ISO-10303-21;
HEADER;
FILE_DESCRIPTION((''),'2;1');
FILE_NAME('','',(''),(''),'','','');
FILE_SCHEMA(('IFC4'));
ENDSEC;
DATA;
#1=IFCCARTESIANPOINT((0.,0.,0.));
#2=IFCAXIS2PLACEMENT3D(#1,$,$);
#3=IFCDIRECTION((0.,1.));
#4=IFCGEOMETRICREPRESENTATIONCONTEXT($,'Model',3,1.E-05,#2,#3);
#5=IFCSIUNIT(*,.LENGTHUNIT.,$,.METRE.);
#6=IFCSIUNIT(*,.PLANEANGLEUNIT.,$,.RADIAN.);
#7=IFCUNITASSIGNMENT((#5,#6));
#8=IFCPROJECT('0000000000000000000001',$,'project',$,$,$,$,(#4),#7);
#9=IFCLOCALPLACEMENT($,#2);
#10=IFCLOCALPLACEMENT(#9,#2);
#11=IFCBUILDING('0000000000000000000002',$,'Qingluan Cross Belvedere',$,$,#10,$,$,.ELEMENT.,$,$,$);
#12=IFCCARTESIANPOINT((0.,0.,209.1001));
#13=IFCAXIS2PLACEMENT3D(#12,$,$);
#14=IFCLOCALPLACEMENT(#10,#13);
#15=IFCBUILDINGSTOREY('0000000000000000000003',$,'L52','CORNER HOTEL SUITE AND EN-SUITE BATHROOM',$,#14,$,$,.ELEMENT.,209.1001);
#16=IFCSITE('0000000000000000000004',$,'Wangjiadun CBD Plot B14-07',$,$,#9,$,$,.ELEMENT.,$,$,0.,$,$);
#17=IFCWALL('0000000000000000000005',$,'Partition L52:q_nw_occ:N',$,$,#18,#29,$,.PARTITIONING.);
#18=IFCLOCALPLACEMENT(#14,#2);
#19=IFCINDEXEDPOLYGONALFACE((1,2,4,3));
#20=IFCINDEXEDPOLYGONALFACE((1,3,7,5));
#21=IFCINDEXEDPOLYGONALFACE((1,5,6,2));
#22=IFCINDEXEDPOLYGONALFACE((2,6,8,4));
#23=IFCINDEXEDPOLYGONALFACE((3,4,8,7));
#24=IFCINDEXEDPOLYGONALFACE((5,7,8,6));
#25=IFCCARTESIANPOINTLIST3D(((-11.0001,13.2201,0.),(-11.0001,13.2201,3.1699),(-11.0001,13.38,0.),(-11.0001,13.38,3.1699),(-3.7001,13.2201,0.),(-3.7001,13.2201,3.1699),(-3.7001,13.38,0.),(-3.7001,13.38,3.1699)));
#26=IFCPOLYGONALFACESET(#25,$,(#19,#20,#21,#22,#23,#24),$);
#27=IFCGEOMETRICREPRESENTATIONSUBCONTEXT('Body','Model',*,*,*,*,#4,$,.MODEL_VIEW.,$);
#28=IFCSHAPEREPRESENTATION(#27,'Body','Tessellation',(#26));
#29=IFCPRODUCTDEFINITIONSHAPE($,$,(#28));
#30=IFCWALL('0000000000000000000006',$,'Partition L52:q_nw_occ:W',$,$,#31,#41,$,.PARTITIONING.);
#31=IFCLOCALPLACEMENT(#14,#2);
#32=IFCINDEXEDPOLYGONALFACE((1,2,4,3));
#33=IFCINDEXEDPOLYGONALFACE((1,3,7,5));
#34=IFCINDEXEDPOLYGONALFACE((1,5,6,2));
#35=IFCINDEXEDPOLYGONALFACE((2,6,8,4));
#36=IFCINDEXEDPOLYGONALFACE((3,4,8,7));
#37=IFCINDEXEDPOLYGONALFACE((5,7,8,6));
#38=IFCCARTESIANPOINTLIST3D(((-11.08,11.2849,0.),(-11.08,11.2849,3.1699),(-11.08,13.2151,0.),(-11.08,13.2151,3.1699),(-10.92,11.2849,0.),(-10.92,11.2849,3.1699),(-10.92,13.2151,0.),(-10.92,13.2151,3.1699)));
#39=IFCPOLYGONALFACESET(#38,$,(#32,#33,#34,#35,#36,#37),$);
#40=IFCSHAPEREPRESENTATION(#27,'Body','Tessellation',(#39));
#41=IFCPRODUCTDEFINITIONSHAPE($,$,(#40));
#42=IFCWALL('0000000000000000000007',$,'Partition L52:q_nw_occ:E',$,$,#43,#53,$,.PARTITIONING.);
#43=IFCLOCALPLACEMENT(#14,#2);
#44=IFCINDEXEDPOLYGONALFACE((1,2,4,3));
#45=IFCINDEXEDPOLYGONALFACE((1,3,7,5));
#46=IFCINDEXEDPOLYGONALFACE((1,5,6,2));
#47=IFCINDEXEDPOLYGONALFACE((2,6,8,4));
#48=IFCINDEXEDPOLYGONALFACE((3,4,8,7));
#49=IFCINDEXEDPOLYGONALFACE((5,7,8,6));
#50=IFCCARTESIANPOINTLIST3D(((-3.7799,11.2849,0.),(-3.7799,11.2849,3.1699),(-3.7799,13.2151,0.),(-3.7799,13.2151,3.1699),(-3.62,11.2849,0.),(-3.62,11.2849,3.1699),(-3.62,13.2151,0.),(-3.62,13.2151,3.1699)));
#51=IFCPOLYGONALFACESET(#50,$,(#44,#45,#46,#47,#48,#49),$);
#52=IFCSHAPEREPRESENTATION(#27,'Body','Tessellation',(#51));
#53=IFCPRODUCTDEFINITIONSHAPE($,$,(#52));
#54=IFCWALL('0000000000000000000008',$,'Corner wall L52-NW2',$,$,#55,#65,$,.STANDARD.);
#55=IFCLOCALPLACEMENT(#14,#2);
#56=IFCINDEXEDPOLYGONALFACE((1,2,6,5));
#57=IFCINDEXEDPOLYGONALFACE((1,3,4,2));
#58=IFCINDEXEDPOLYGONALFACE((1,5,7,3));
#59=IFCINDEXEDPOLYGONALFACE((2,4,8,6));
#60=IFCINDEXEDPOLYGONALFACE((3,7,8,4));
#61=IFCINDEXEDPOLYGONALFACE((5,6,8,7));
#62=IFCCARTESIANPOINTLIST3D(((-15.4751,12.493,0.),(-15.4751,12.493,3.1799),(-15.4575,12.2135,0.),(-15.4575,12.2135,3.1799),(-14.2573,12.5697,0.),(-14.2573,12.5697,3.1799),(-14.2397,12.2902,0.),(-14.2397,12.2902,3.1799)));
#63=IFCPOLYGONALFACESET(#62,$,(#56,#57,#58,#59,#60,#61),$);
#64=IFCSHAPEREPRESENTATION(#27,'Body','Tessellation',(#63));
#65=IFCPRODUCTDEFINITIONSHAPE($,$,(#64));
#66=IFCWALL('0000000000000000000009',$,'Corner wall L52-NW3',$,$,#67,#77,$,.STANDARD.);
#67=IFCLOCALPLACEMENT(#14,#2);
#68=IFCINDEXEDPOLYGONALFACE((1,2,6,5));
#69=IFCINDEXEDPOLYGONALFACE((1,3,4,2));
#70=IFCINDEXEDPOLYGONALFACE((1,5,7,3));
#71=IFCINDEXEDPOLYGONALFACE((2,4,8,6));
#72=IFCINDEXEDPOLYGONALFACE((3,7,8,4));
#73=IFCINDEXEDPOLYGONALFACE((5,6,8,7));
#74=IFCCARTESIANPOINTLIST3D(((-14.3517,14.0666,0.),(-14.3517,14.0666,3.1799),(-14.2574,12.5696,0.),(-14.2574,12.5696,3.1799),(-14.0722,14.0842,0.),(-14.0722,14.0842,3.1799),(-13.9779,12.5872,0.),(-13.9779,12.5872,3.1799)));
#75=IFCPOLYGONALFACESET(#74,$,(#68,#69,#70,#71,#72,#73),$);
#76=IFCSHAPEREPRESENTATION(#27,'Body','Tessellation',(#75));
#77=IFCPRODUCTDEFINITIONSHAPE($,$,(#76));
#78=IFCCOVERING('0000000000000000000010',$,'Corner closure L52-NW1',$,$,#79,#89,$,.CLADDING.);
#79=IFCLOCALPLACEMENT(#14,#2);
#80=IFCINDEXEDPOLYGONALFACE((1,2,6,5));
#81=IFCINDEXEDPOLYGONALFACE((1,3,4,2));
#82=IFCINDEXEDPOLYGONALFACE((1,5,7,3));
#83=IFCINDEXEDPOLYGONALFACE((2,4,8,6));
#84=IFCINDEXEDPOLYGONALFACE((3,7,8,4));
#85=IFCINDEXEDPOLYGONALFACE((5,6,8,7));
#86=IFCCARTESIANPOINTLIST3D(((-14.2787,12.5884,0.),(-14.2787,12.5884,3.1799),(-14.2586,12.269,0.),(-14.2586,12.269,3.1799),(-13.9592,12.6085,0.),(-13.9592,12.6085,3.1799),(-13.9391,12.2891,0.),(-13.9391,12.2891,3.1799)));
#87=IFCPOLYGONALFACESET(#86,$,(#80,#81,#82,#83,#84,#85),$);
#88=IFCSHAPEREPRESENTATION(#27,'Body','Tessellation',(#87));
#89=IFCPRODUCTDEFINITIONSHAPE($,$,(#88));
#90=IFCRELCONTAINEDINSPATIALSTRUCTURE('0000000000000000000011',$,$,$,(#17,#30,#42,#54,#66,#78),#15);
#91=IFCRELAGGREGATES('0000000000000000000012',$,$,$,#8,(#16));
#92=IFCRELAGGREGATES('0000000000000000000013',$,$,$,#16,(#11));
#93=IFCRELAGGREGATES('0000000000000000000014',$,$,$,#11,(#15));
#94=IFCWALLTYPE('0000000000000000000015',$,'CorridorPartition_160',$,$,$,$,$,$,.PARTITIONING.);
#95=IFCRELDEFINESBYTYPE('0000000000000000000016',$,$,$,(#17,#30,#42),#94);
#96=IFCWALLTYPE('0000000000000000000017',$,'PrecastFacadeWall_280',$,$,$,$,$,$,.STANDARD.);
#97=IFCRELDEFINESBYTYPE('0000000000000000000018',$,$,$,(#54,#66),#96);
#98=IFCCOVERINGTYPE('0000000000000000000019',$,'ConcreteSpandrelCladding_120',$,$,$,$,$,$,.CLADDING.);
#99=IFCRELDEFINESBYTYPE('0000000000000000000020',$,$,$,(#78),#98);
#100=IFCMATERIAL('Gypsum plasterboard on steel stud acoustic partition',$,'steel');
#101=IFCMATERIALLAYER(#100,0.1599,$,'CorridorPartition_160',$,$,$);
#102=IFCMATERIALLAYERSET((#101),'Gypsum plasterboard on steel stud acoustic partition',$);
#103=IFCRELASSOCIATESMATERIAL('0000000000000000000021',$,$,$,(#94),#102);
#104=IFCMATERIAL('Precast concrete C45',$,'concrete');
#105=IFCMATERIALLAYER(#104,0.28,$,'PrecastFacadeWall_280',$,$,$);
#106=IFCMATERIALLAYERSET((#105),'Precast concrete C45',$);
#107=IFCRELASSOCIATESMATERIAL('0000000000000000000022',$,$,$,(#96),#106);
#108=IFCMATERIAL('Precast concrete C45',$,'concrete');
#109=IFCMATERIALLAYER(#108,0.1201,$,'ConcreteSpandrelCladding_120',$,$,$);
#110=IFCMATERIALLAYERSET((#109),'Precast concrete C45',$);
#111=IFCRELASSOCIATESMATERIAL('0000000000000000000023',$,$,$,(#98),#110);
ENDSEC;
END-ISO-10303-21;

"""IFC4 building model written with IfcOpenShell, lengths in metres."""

from ifc_helpers import new_model, si_unit, direction, frame, frame_2d, origin, origin_2d, place, context, subcontext, project, spatial, rectangle, extrude, material, layer, layer_set, type_object, element, save


model = new_model("IFC4")

# Units and contexts
model_context = context("Model", 3, precision=1e-05, world=origin(), true_north=direction((0.0, 1.0)))
body_context = subcontext(model_context, "Body", "Model", "MODEL_VIEW")
ifc_project = project(units=[si_unit("LENGTHUNIT", "METRE"), si_unit("PLANEANGLEUNIT", "RADIAN")], contexts=[model_context])

# Site, building, storey
site_placement = place(None, origin())
site = spatial("IfcSite", under=ifc_project, at=site_placement, Name="Wangjiadun CBD Plot B14-07", CompositionType="ELEMENT", RefElevation=0.0)
building_placement = place(site_placement, origin())
building = spatial("IfcBuilding", under=site, at=building_placement, Name="Qingluan Cross Belvedere", CompositionType="ELEMENT")
storey_placement = place(building_placement, frame((0.0, 0.0, 209.1001)))
storey = spatial("IfcBuildingStorey", under=building, at=storey_placement, Name="L52", Description="CORNER HOTEL SUITE AND EN-SUITE BATHROOM", CompositionType="ELEMENT", Elevation=209.1001)

# Shared definitions
ifc_material_1 = material(Name="Gypsum plasterboard on steel stud acoustic partition", Category="steel")
ifc_layer_1 = layer(ifc_material_1, 0.1599, Name="CorridorPartition_160")
ifc_layer_set_1 = layer_set([ifc_layer_1], Name="Gypsum plasterboard on steel stud acoustic partition")
wall_type_1 = type_object("IfcWallType", Name="CorridorPartition_160", PredefinedType="PARTITIONING", material=ifc_layer_set_1)

# Walls
wall_1_placement = place(storey_placement, frame((-11.0, 13.3, 0.0), z_axis=(0.0, 0.0, 1.0), x_axis=(1.0, 0.0, 0.0)))
element("IfcWall", 1, at=wall_1_placement, inside=storey, type_object=wall_type_1, Name="Partition L52:q_nw_occ:N", PredefinedType="PARTITIONING", context=body_context, shape_type="SweptSolid", body=[
    extrude(rectangle(XDim=7.3, YDim=0.1599, at=frame_2d((3.6499, 0.0))), origin(), (0.0, 0.0, 1.0), 3.1699),
])
for number, where, z_axis, x_axis, name in (
    (2, (-11.0, 11.2849, 0.0), (0.0, 0.0, 1.0), (0.0, 1.0, 0.0), "Partition L52:q_nw_occ:W"),
    (3, (-3.7, 11.2849, 0.0), (0.0, 0.0, 1.0), (0.0, 1.0, 0.0), "Partition L52:q_nw_occ:E"),
):
    element("IfcWall", number, at=place(storey_placement, frame(where, z_axis=z_axis, x_axis=x_axis)), inside=storey, type_object=wall_type_1, Name=name, PredefinedType="PARTITIONING", context=body_context, shape_type="SweptSolid", body=[
        extrude(rectangle(XDim=1.9302, YDim=0.1599, at=frame_2d((0.9651, 0.0))), origin(), (0.0, 0.0, 1.0), 3.1699),
    ])
ifc_material_2 = material(Name="Precast concrete C45", Category="concrete")
ifc_layer_2 = layer(ifc_material_2, 0.28, Name="PrecastFacadeWall_280")
ifc_layer_set_2 = layer_set([ifc_layer_2], Name="Precast concrete C45")
wall_type_2 = type_object("IfcWallType", Name="PrecastFacadeWall_280", PredefinedType="STANDARD", material=ifc_layer_set_2)
wall_2_placement = place(storey_placement, frame((-15.4663, 12.3533, 0.0), z_axis=(0.0, 0.0, 1.0), x_axis=(0.998024, 0.062827, 0.0)))
element("IfcWall", 4, at=wall_2_placement, inside=storey, type_object=wall_type_2, Name="Corner wall L52-NW2", PredefinedType="STANDARD", context=body_context, shape_type="SweptSolid", body=[
    extrude(rectangle(XDim=1.2202, YDim=0.28, at=frame_2d((0.6101, 0.0))), origin(), (0.0, 0.0, 1.0), 3.1799),
])
wall_3_placement = place(storey_placement, frame((-14.1177, 12.5784, 0.0), z_axis=(0.0, 0.0, 1.0), x_axis=(-0.062824, 0.998025, 0.0)))
element("IfcWall", 5, at=wall_3_placement, inside=storey, type_object=wall_type_2, Name="Corner wall L52-NW3", PredefinedType="STANDARD", context=body_context, shape_type="SweptSolid", body=[
    extrude(rectangle(XDim=1.5, YDim=0.28, at=frame_2d((0.75, 0.0))), origin(), (0.0, 0.0, 1.0), 3.1799),
])

# Covering
ifc_material_3 = material(Name="Precast concrete C45", Category="concrete")
ifc_layer_3 = layer(ifc_material_3, 0.1201, Name="ConcreteSpandrelCladding_120")
ifc_layer_set_3 = layer_set([ifc_layer_3], Name="Precast concrete C45")
covering_type = type_object("IfcCoveringType", Name="ConcreteSpandrelCladding_120", PredefinedType="CLADDING", material=ifc_layer_set_3)
covering_placement = place(storey_placement, frame((-14.1089, 12.4387, 0.0), z_axis=(0.0, 0.0, 1.0), x_axis=(0.998027, 0.062791, 0.0)))
element("IfcCovering", 6, at=covering_placement, inside=storey, type_object=covering_type, Name="Corner closure L52-NW1", PredefinedType="CLADDING", context=body_context, shape_type="SweptSolid", body=[
    extrude(rectangle(XDim=0.3201, YDim=0.3201, at=origin_2d()), origin(), (0.0, 0.0, 1.0), 3.1799),
])

save(model, "model.ifc")
